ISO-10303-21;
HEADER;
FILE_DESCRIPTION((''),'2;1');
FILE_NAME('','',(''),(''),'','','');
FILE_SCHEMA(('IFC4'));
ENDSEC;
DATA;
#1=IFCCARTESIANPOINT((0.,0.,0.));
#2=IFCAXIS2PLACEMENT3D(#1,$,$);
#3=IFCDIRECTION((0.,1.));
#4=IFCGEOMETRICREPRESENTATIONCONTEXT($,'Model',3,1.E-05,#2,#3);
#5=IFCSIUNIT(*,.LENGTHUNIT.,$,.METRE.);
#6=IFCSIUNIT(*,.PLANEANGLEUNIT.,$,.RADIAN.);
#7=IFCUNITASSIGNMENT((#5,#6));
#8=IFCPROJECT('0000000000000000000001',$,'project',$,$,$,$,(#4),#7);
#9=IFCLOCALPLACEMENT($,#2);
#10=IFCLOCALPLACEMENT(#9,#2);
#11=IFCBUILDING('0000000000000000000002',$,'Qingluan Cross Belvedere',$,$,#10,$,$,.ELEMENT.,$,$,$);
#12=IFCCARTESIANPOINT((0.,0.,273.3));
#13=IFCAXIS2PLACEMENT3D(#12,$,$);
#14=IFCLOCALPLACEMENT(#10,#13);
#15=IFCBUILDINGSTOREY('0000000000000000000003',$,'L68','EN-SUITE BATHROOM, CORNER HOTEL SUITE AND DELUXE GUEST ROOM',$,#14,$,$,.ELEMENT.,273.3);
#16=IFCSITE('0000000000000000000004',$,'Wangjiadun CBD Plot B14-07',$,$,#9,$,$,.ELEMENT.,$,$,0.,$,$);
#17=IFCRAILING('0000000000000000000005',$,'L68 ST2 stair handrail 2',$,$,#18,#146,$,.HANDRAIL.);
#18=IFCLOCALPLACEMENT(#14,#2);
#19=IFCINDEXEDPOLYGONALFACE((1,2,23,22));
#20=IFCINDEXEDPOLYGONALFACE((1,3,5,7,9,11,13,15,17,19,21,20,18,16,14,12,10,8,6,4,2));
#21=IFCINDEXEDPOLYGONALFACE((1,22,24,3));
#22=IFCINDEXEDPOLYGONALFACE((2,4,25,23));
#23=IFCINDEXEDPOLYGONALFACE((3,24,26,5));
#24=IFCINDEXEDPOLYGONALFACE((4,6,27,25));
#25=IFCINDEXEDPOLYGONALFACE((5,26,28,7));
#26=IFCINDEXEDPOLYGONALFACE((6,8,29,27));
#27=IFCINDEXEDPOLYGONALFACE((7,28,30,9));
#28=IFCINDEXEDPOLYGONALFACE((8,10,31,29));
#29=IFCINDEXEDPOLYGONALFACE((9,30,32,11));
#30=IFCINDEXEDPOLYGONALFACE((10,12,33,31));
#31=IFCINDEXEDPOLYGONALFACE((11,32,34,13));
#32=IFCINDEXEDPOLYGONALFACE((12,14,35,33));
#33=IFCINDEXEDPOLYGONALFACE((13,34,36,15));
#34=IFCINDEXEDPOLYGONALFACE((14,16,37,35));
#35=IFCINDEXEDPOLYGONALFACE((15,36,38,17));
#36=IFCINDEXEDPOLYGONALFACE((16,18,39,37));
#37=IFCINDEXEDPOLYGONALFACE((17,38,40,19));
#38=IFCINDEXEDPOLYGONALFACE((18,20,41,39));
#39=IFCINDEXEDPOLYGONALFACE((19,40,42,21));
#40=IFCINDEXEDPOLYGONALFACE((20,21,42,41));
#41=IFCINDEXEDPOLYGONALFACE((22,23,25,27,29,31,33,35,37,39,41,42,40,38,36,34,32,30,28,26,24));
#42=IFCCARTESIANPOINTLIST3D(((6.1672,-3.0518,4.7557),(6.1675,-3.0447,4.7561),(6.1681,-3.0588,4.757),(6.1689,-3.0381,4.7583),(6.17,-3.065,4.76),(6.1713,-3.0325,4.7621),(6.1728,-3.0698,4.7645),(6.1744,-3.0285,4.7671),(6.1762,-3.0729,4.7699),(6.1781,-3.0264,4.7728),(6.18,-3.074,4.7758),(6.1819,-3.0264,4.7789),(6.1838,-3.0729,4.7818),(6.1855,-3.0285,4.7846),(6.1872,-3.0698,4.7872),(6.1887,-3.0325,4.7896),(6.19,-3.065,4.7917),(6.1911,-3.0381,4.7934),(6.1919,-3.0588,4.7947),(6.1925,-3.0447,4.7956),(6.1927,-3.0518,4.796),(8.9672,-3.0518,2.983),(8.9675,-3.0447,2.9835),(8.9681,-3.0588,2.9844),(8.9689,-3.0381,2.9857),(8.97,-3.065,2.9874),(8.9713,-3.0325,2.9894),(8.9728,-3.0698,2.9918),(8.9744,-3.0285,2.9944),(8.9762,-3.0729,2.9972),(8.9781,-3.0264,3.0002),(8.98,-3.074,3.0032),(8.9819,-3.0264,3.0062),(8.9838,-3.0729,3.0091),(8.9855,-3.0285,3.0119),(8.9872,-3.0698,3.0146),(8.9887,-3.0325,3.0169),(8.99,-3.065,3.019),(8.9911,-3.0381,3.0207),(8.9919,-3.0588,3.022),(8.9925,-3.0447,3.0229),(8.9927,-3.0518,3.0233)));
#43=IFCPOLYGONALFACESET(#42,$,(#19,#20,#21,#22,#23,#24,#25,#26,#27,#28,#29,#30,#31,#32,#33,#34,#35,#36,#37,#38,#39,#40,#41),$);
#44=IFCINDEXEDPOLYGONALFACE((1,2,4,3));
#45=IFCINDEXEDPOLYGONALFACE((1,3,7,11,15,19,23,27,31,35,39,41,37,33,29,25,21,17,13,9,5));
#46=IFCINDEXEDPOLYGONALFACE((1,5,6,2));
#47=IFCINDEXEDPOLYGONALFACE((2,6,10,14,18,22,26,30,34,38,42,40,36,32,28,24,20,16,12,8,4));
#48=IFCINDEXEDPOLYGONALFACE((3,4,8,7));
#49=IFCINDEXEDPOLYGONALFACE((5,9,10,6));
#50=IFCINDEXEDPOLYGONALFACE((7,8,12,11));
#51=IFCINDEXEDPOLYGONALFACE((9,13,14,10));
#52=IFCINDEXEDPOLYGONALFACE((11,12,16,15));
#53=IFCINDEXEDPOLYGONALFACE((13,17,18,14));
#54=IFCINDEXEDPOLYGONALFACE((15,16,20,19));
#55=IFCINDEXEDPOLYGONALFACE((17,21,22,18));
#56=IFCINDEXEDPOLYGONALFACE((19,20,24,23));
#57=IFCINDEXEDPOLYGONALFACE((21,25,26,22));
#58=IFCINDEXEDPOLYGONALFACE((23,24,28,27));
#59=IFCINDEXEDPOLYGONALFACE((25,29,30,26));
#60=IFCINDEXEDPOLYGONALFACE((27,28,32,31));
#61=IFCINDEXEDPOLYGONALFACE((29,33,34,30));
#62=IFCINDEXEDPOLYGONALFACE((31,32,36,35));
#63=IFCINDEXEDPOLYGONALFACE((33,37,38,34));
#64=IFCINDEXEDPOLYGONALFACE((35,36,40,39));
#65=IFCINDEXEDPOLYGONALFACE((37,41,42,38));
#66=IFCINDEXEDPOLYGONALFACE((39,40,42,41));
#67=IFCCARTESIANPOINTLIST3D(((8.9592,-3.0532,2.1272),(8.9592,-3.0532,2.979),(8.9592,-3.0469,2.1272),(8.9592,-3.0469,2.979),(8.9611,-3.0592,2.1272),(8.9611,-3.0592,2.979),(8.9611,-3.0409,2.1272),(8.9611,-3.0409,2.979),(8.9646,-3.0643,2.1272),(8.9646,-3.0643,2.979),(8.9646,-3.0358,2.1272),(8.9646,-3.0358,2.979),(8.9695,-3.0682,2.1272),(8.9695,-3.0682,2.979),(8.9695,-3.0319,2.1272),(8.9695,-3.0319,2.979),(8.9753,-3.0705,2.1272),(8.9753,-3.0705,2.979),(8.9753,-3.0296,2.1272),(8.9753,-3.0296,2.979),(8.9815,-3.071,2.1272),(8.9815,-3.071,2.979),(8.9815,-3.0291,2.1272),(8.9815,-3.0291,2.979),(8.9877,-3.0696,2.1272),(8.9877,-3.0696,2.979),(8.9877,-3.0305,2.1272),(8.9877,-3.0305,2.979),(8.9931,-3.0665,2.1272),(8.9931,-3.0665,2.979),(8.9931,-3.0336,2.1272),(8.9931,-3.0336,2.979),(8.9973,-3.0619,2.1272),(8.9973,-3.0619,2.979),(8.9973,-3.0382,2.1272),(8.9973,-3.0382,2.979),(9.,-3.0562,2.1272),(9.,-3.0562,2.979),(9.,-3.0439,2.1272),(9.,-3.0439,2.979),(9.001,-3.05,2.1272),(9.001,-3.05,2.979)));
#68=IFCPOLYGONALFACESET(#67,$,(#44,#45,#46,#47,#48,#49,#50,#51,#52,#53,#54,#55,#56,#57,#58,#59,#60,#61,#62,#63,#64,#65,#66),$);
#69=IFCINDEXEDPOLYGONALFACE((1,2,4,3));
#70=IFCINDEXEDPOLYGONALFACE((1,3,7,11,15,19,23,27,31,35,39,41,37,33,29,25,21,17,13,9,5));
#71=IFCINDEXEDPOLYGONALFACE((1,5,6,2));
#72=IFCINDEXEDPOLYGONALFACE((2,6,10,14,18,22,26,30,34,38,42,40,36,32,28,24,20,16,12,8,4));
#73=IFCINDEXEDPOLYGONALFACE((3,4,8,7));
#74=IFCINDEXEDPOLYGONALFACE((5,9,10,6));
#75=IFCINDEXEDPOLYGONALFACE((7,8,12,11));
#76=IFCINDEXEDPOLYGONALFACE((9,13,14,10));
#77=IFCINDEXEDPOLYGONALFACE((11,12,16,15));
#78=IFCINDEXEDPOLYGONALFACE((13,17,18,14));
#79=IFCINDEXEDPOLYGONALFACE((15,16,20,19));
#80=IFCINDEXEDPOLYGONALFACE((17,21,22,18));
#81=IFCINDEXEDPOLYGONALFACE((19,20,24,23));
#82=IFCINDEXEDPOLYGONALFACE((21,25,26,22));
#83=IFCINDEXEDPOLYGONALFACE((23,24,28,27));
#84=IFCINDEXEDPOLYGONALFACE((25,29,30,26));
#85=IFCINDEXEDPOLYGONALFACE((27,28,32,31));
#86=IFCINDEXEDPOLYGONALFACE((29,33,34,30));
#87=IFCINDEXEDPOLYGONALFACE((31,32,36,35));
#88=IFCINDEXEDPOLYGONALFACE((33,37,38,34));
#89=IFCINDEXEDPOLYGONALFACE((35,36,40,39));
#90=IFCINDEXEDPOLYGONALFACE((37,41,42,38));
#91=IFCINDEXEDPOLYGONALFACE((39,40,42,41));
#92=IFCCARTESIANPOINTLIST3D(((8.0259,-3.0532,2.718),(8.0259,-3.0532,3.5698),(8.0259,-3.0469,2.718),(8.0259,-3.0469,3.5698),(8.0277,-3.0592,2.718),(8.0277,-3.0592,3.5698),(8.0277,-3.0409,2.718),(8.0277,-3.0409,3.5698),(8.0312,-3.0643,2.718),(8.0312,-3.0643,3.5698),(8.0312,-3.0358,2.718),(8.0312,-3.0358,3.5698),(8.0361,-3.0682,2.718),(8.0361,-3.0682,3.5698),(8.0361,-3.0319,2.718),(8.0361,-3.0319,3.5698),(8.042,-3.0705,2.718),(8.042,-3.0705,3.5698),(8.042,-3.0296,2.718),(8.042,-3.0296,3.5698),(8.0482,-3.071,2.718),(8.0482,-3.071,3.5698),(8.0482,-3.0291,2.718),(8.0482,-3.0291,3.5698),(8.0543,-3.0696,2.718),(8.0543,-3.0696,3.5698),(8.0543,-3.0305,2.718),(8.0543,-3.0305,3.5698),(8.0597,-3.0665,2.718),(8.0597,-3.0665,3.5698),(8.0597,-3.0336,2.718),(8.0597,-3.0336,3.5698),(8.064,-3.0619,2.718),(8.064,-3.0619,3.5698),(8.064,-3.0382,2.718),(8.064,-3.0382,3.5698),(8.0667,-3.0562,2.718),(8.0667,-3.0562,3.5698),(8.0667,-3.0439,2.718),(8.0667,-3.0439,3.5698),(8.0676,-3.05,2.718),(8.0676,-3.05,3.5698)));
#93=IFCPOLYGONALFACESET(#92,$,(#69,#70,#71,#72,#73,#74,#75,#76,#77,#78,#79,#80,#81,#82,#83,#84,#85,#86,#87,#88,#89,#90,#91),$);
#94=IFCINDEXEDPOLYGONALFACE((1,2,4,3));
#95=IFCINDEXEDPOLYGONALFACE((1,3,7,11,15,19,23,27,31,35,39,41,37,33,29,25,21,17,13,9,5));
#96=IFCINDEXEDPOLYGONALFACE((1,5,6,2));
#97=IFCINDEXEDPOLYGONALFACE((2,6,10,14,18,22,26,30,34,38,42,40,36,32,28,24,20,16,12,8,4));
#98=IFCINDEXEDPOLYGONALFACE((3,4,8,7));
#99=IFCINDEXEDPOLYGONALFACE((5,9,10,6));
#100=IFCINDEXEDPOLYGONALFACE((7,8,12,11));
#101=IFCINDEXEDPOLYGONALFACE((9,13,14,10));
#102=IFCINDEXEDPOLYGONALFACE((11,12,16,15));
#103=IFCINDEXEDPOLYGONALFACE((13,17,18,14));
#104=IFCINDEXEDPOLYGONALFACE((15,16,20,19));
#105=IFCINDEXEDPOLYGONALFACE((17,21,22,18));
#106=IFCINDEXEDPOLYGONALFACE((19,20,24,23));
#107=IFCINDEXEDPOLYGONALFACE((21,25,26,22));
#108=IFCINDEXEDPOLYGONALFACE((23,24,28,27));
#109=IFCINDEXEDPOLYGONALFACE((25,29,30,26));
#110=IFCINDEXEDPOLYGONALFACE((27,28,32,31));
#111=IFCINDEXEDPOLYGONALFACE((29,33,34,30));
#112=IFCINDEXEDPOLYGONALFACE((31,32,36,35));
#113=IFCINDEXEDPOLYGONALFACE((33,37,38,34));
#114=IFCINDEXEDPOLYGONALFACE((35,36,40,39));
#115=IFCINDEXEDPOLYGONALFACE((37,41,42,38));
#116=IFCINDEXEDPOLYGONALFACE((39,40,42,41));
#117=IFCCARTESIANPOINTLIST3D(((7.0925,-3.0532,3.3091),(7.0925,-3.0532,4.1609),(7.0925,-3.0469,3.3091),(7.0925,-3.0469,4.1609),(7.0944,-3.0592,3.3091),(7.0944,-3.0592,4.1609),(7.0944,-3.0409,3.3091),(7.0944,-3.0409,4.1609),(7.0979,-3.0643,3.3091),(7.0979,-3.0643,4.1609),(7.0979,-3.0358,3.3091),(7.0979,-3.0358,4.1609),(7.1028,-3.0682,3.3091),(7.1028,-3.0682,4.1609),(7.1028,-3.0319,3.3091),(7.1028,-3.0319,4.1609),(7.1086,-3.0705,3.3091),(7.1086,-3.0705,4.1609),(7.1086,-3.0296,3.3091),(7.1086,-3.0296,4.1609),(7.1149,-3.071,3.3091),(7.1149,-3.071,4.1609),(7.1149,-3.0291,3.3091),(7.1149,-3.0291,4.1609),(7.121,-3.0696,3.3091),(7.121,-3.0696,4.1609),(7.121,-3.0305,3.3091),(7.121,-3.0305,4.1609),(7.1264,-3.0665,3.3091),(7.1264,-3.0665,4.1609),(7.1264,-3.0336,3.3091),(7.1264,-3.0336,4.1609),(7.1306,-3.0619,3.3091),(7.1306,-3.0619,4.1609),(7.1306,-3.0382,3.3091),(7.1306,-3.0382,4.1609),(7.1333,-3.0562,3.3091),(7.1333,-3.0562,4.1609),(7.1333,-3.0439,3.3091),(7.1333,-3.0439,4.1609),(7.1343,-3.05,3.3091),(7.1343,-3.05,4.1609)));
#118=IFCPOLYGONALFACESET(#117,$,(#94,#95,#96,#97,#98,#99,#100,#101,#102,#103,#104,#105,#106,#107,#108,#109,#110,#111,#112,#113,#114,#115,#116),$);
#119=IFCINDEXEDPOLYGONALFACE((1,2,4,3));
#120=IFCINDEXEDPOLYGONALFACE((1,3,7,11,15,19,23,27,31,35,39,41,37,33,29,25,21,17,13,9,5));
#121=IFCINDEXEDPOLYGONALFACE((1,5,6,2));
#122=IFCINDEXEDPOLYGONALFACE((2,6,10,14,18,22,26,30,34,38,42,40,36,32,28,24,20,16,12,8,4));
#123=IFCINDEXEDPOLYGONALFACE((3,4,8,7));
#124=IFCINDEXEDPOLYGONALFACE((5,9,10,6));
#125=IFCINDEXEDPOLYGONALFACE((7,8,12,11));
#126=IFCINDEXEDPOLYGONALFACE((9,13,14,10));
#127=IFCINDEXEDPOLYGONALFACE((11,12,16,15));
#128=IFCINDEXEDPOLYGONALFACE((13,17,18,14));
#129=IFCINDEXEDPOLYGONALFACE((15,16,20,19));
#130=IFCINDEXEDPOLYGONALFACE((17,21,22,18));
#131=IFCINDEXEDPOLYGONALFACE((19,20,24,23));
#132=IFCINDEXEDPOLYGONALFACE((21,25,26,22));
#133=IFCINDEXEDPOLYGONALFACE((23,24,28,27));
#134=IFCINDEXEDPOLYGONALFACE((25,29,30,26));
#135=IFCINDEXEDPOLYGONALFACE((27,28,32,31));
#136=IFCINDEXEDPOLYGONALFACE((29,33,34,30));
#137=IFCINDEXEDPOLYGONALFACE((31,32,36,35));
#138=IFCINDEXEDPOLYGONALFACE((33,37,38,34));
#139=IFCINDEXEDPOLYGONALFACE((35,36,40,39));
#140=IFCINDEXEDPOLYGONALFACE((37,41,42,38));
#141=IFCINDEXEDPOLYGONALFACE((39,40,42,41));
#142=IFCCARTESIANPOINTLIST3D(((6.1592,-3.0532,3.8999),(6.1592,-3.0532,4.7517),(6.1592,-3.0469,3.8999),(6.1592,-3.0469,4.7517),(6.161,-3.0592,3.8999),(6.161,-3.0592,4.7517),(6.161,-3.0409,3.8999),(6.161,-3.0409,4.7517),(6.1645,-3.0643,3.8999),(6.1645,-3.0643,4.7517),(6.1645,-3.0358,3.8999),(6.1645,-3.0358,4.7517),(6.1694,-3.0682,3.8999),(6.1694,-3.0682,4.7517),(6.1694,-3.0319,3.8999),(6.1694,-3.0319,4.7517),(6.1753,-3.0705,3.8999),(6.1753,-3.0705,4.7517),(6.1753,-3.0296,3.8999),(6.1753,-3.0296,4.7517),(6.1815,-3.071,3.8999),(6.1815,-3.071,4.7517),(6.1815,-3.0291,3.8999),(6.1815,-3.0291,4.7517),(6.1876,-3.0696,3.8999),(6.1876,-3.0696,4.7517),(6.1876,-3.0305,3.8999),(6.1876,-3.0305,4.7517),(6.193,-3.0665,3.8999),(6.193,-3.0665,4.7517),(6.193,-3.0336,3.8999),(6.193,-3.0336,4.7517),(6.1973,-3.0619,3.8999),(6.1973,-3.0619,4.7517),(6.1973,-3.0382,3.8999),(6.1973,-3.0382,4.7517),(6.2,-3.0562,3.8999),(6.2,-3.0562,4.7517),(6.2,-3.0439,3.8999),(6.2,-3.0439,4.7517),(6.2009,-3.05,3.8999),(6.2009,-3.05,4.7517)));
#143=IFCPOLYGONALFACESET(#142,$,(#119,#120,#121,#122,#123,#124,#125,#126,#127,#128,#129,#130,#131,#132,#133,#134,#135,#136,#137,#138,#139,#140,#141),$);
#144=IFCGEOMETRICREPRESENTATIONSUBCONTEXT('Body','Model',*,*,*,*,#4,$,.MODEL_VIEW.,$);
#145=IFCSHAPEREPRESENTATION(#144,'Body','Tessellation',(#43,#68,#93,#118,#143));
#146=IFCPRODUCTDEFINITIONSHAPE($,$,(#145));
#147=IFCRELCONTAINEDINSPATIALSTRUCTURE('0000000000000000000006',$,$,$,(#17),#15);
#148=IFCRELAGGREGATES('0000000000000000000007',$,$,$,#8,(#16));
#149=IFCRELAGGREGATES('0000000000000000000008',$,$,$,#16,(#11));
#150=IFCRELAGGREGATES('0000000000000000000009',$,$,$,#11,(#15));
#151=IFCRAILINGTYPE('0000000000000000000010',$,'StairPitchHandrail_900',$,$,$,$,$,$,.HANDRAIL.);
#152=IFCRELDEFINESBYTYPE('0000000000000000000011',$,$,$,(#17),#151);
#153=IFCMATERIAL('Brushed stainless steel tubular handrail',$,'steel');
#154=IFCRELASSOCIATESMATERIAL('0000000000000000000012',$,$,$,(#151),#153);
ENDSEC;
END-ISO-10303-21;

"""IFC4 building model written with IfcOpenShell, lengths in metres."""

from ifc_helpers import new_model, si_unit, direction, frame, origin, origin_2d, place, context, subcontext, project, spatial, circle, extrude, material, type_object, element, save


model = new_model("IFC4")

# Units and contexts
model_context = context("Model", 3, precision=1e-05, world=origin(), true_north=direction((0.0, 1.0)))
body_context = subcontext(model_context, "Body", "Model", "MODEL_VIEW")
ifc_project = project(units=[si_unit("LENGTHUNIT", "METRE"), si_unit("PLANEANGLEUNIT", "RADIAN")], contexts=[model_context])

# Site, building, storey
site_placement = place(None, origin())
site = spatial("IfcSite", under=ifc_project, at=site_placement, Name="Wangjiadun CBD Plot B14-07", CompositionType="ELEMENT", RefElevation=0.0)
building_placement = place(site_placement, origin())
building = spatial("IfcBuilding", under=site, at=building_placement, Name="Qingluan Cross Belvedere", CompositionType="ELEMENT")
storey_placement = place(building_placement, frame((0.0, 0.0, 273.3)))
storey = spatial("IfcBuildingStorey", under=building, at=storey_placement, Name="L68", Description="EN-SUITE BATHROOM, CORNER HOTEL SUITE AND DELUXE GUEST ROOM", CompositionType="ELEMENT", Elevation=273.3)

# Railing
ifc_material_1 = material(Name="Brushed stainless steel tubular handrail", Category="steel")
railing_type_1 = type_object("IfcRailingType", Name="StairPitchHandrail_900", PredefinedType="HANDRAIL", material=ifc_material_1)
railing_1_placement = place(storey_placement, frame((8.98, -3.05, 2.1272)))
element("IfcRailing", 1, at=railing_1_placement, inside=storey, type_object=railing_type_1, Name="L68 ST2 stair handrail 2", PredefinedType="HANDRAIL", context=body_context, shape_type="SweptSolid", body=[
    extrude(circle(Radius=0.0239, at=origin_2d()), frame((0.0, 0.0, 0.876), z_axis=(-0.844909, 0.0, 0.53491), x_axis=(0.0, -1.0, 0.0)), (0.0, 0.0, 1.0), 3.314),
    extrude(circle(Radius=0.021, at=origin_2d()), origin(), (0.0, 0.0, 1.0), 0.8518),
    extrude(circle(Radius=0.021, at=origin_2d()), frame((-0.9333, 0.0, 0.5908)), (0.0, 0.0, 1.0), 0.8518),
    extrude(circle(Radius=0.021, at=origin_2d()), frame((-1.8667, 0.0, 1.1819)), (0.0, 0.0, 1.0), 0.8518),
    extrude(circle(Radius=0.021, at=origin_2d()), frame((-2.8, 0.0, 1.7727)), (0.0, 0.0, 1.0), 0.8518),
])

save(model, "model.ifc")
